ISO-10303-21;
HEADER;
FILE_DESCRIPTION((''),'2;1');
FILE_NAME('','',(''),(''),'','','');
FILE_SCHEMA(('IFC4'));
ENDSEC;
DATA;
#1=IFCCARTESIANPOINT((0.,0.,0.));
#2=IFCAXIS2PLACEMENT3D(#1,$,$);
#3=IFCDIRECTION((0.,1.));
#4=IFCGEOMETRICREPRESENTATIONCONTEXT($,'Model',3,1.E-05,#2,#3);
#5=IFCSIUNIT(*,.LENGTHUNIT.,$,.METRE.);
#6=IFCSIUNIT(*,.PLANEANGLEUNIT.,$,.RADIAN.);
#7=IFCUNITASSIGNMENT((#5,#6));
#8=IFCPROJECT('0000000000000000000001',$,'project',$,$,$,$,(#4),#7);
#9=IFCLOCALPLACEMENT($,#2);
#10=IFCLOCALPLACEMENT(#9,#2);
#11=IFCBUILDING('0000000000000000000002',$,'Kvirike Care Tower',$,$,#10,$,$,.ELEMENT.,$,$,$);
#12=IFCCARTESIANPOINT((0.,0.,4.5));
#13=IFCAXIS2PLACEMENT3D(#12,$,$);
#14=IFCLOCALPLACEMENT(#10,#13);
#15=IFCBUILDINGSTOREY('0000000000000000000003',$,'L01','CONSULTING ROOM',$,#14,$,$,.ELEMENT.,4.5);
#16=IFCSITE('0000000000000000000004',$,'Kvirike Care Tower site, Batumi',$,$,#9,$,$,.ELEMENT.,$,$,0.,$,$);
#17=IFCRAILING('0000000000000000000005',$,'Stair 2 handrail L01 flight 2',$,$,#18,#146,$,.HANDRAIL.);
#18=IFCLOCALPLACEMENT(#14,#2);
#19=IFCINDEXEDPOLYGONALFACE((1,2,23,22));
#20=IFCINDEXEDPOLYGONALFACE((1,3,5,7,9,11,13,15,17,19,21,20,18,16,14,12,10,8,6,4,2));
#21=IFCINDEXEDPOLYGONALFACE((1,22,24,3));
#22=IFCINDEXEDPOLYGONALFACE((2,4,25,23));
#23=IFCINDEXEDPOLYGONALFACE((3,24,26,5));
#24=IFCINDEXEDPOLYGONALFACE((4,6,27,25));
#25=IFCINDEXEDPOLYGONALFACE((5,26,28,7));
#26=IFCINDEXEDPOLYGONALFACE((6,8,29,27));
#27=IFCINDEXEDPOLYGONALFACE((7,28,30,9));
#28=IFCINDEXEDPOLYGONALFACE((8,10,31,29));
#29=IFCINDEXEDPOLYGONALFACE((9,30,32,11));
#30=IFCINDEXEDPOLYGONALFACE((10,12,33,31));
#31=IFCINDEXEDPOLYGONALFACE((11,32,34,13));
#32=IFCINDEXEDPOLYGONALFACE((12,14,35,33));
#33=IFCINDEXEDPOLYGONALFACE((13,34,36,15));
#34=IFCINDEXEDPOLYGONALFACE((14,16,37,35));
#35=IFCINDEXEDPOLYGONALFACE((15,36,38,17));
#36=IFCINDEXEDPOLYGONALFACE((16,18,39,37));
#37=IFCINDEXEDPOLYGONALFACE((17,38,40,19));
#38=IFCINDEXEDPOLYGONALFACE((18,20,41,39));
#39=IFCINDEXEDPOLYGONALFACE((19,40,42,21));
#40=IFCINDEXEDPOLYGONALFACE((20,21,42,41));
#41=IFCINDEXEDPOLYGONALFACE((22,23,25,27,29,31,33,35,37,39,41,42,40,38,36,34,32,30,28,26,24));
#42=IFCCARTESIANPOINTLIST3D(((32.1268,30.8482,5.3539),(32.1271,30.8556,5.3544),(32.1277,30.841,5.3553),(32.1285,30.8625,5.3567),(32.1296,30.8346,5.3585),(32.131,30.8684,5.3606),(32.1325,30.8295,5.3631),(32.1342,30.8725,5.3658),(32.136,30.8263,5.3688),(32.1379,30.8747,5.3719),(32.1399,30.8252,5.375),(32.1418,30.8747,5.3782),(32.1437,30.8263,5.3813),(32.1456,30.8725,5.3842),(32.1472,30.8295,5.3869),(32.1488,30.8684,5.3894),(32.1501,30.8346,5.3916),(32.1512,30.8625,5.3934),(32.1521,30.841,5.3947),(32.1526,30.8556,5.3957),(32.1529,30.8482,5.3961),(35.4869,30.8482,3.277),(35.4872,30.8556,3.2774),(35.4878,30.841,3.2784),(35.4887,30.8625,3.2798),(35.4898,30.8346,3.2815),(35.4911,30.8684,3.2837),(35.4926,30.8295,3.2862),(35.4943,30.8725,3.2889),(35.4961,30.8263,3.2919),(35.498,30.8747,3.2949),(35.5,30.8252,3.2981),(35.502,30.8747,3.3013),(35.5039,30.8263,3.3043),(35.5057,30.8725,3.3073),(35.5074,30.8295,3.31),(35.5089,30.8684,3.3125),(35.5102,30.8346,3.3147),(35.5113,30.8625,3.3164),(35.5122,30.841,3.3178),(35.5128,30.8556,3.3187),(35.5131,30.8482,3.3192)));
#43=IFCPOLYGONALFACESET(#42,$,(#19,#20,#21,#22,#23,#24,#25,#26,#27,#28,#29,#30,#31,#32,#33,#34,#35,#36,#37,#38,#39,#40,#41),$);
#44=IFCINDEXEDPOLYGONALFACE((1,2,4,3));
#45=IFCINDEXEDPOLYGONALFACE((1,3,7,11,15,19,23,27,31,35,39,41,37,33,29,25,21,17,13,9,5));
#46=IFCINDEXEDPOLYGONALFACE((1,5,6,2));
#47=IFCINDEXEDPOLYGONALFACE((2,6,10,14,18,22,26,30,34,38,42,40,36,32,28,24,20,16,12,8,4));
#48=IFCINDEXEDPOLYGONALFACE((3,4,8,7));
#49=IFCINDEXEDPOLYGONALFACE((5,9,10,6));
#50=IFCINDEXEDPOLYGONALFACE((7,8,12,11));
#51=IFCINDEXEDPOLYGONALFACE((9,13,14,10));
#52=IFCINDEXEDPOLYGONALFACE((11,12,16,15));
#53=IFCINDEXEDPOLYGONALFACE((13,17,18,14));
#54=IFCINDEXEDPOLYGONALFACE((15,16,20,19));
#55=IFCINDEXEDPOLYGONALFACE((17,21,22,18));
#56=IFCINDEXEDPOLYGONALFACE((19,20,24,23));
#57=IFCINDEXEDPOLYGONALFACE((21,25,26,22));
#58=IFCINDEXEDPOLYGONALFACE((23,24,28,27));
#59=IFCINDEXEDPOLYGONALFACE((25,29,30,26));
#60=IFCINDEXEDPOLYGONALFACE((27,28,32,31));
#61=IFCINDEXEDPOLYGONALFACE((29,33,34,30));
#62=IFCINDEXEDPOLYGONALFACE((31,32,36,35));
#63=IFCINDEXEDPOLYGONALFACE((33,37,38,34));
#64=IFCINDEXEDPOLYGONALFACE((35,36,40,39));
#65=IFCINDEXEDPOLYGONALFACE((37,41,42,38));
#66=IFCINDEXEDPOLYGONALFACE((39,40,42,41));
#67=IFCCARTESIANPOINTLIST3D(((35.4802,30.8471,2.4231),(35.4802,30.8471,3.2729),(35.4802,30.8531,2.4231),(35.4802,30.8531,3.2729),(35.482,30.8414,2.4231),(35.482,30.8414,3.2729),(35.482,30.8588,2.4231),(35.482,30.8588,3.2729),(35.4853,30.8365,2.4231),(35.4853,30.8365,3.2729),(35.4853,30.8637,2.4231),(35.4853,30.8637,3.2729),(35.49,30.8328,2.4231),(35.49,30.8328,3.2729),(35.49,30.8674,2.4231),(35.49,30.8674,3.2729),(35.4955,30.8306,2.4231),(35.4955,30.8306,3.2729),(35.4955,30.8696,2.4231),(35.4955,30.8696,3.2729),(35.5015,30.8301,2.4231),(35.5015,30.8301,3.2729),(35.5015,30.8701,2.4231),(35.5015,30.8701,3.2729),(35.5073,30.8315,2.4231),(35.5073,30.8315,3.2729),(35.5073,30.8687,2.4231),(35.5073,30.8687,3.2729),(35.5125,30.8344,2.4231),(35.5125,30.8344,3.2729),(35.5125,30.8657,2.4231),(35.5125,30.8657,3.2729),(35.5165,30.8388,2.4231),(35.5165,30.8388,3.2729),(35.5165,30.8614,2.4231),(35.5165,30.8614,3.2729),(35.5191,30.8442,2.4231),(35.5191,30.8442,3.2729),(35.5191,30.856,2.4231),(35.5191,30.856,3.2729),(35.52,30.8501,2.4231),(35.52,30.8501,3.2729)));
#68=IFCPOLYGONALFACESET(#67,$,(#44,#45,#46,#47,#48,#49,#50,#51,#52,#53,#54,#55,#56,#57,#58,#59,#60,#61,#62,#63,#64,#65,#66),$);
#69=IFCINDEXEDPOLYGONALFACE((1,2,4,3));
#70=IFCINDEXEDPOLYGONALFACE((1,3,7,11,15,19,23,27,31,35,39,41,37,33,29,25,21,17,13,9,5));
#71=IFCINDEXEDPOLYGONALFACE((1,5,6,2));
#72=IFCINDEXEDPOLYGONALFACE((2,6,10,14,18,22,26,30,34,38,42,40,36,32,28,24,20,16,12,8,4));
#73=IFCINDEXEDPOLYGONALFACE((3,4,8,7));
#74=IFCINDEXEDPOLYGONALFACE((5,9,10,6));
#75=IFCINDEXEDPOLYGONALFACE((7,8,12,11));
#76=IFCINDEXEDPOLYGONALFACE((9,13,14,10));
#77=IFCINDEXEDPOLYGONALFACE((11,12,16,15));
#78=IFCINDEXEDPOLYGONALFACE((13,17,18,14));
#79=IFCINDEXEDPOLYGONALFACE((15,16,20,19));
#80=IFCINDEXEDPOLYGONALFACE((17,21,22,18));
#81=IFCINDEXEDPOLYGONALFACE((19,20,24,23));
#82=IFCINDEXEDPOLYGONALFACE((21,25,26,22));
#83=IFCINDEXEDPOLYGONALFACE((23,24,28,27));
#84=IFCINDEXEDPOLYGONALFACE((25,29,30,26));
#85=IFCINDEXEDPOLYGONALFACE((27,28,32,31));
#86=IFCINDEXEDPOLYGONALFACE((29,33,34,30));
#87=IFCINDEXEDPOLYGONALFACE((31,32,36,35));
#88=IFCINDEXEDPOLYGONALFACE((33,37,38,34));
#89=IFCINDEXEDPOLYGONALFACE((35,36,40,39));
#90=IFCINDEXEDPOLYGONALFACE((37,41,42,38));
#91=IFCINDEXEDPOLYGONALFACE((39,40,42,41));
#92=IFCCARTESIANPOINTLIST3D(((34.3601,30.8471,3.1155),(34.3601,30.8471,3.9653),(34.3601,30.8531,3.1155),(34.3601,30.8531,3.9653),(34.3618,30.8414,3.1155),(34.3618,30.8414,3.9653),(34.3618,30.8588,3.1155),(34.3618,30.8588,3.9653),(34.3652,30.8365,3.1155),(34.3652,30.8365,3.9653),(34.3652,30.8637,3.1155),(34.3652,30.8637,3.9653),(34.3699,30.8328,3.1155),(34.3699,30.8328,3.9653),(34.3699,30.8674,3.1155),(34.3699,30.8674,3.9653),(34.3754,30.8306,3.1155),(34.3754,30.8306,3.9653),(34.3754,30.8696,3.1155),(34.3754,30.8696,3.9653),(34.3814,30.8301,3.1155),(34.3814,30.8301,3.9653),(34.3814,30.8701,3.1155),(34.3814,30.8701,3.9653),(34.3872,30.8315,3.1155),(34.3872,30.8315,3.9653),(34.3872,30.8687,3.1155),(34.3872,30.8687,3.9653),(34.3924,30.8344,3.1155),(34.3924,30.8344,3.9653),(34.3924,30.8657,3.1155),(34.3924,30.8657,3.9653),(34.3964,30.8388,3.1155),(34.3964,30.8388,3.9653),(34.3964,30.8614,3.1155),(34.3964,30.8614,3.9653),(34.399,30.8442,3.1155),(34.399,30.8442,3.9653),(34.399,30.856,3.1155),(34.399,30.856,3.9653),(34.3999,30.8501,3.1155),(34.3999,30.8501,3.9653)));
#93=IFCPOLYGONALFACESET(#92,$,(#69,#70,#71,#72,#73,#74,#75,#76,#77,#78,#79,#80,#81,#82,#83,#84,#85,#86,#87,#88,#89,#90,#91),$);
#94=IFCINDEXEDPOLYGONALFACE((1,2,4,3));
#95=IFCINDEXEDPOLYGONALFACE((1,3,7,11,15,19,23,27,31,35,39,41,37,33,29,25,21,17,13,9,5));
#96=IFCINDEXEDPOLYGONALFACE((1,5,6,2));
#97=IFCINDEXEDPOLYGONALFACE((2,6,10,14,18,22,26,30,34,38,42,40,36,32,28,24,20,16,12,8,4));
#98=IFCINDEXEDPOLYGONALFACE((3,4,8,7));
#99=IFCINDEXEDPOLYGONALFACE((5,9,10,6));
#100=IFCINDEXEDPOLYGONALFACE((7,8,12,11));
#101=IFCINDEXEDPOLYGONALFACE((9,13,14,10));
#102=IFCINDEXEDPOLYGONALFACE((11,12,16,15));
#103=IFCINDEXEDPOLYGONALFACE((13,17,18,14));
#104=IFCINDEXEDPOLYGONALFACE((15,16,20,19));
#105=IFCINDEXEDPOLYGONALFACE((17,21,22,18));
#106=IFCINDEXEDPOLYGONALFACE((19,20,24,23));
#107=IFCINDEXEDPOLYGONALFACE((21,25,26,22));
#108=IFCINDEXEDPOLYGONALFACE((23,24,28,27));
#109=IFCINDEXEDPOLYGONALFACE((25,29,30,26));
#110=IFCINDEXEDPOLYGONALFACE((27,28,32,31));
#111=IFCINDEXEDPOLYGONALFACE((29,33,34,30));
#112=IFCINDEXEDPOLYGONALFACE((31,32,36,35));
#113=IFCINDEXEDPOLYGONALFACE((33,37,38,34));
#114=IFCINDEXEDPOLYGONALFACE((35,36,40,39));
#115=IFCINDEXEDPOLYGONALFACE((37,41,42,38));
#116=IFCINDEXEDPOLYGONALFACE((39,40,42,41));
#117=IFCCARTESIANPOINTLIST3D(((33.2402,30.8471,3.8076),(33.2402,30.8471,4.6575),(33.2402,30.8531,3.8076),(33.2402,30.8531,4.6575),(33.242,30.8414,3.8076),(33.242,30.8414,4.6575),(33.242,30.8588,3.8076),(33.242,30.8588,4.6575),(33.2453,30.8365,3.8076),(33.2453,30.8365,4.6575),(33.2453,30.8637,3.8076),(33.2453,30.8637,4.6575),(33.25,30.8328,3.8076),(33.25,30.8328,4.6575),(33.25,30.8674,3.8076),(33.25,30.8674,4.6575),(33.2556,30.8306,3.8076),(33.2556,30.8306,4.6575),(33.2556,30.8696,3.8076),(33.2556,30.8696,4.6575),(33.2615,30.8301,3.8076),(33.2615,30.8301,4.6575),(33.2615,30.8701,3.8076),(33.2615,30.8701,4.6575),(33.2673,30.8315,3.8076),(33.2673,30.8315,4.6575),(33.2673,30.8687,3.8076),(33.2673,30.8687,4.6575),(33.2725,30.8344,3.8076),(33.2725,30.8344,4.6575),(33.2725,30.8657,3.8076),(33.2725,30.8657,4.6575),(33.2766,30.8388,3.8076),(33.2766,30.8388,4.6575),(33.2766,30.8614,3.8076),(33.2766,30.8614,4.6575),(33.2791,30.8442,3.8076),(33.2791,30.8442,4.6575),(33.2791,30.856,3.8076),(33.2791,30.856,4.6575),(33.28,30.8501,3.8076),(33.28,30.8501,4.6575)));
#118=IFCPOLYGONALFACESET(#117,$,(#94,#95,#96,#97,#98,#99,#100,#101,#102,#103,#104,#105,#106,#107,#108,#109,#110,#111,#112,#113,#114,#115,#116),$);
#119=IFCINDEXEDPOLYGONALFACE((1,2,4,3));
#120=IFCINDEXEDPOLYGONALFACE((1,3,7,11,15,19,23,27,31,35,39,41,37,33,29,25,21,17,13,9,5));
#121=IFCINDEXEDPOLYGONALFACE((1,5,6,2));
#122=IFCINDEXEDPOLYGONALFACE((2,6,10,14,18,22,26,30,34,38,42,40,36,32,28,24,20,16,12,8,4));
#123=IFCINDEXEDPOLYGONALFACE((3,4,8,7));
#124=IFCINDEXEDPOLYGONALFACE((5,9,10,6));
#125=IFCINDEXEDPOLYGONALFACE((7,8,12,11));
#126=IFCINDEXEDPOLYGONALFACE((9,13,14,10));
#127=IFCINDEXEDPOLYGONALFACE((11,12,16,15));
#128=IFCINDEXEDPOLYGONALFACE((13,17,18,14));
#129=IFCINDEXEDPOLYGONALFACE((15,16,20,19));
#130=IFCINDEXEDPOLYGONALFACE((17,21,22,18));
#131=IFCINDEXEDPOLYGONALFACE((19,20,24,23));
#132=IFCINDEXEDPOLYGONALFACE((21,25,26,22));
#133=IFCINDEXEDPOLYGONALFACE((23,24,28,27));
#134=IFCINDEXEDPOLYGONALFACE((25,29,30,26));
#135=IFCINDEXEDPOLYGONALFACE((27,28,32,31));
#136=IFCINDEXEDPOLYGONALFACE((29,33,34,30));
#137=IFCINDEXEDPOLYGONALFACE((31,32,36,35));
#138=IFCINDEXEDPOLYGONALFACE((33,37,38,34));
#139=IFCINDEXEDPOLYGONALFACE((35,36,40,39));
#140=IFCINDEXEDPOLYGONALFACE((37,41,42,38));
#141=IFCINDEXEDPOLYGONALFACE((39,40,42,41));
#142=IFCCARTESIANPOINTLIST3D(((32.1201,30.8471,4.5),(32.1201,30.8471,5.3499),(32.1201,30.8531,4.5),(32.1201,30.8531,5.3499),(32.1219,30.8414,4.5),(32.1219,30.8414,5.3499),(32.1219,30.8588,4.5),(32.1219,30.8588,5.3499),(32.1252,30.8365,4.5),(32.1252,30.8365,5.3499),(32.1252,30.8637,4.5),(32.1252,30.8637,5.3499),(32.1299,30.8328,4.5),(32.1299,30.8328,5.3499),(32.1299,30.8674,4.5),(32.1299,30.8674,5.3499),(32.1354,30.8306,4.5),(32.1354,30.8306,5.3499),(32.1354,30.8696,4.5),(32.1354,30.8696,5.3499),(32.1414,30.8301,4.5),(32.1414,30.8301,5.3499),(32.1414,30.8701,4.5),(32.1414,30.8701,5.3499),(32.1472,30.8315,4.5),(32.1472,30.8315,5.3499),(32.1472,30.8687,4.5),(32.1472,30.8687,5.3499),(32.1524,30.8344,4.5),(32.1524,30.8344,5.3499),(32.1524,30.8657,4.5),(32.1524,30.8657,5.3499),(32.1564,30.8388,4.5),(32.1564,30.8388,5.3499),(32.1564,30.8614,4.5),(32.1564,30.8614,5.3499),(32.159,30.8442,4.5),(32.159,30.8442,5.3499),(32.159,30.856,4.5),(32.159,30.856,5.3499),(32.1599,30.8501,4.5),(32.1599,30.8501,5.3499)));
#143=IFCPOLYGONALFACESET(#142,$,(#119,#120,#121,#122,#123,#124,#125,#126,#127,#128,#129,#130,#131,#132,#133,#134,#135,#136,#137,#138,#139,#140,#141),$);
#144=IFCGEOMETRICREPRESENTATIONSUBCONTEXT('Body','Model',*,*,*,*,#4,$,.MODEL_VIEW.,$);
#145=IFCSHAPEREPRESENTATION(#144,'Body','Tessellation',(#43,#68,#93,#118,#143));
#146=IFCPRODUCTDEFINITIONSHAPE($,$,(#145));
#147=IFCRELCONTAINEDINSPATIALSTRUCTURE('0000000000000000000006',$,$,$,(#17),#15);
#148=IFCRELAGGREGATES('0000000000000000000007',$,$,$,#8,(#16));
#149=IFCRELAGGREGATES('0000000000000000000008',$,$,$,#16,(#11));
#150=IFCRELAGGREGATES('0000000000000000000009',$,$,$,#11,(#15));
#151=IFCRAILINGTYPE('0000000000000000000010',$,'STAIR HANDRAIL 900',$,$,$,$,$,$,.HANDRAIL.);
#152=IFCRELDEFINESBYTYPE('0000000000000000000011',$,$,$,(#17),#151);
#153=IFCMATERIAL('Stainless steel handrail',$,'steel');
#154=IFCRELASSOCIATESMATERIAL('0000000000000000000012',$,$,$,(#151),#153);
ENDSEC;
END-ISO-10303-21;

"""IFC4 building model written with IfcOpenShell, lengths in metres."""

from ifc_helpers import new_model, si_unit, direction, frame, origin, origin_2d, place, context, subcontext, project, spatial, circle, extrude, material, type_object, element, save


model = new_model("IFC4")

# Units and contexts
model_context = context("Model", 3, precision=1e-05, world=origin(), true_north=direction((0.0, 1.0)))
body_context = subcontext(model_context, "Body", "Model", "MODEL_VIEW")
ifc_project = project(units=[si_unit("LENGTHUNIT", "METRE"), si_unit("PLANEANGLEUNIT", "RADIAN")], contexts=[model_context])

# Site, building, storey
site_placement = place(None, origin())
site = spatial("IfcSite", under=ifc_project, at=site_placement, Name="Kvirike Care Tower site, Batumi", CompositionType="ELEMENT", RefElevation=0.0)
building_placement = place(site_placement, origin())
building = spatial("IfcBuilding", under=site, at=building_placement, Name="Kvirike Care Tower", CompositionType="ELEMENT")
storey_placement = place(building_placement, frame((0.0, 0.0, 4.5)))
storey = spatial("IfcBuildingStorey", under=building, at=storey_placement, Name="L01", Description="CONSULTING ROOM", CompositionType="ELEMENT", Elevation=4.5)

# Railing
ifc_material_1 = material(Name="Stainless steel handrail", Category="steel")
railing_type = type_object("IfcRailingType", Name="STAIR HANDRAIL 900", PredefinedType="HANDRAIL", material=ifc_material_1)
railing_1_placement = place(storey_placement, frame((35.5, 30.8501, 2.4231)))
element("IfcRailing", 1, at=railing_1_placement, inside=storey, type_object=railing_type, Name="Stair 2 handrail L01 flight 2", PredefinedType="HANDRAIL", context=body_context, shape_type="SweptSolid", body=[
    extrude(circle(Radius=0.0249, at=origin_2d()), frame((0.0, 0.0, 0.875), z_axis=(-0.850623, 0.0, 0.525776), x_axis=(0.0, -1.0, 0.0)), (0.0, 0.0, 1.0), 3.9502),
    extrude(circle(Radius=0.02, at=origin_2d()), origin(), (0.0, 0.0, 1.0), 0.8499),
    extrude(circle(Radius=0.02, at=origin_2d()), frame((-1.1201, 0.0, 0.6924)), (0.0, 0.0, 1.0), 0.8499),
    extrude(circle(Radius=0.02, at=origin_2d()), frame((-2.24, 0.0, 1.3845)), (0.0, 0.0, 1.0), 0.8499),
    extrude(circle(Radius=0.02, at=origin_2d()), frame((-3.3601, 0.0, 2.0769)), (0.0, 0.0, 1.0), 0.8499),
])

save(model, "model.ifc")
